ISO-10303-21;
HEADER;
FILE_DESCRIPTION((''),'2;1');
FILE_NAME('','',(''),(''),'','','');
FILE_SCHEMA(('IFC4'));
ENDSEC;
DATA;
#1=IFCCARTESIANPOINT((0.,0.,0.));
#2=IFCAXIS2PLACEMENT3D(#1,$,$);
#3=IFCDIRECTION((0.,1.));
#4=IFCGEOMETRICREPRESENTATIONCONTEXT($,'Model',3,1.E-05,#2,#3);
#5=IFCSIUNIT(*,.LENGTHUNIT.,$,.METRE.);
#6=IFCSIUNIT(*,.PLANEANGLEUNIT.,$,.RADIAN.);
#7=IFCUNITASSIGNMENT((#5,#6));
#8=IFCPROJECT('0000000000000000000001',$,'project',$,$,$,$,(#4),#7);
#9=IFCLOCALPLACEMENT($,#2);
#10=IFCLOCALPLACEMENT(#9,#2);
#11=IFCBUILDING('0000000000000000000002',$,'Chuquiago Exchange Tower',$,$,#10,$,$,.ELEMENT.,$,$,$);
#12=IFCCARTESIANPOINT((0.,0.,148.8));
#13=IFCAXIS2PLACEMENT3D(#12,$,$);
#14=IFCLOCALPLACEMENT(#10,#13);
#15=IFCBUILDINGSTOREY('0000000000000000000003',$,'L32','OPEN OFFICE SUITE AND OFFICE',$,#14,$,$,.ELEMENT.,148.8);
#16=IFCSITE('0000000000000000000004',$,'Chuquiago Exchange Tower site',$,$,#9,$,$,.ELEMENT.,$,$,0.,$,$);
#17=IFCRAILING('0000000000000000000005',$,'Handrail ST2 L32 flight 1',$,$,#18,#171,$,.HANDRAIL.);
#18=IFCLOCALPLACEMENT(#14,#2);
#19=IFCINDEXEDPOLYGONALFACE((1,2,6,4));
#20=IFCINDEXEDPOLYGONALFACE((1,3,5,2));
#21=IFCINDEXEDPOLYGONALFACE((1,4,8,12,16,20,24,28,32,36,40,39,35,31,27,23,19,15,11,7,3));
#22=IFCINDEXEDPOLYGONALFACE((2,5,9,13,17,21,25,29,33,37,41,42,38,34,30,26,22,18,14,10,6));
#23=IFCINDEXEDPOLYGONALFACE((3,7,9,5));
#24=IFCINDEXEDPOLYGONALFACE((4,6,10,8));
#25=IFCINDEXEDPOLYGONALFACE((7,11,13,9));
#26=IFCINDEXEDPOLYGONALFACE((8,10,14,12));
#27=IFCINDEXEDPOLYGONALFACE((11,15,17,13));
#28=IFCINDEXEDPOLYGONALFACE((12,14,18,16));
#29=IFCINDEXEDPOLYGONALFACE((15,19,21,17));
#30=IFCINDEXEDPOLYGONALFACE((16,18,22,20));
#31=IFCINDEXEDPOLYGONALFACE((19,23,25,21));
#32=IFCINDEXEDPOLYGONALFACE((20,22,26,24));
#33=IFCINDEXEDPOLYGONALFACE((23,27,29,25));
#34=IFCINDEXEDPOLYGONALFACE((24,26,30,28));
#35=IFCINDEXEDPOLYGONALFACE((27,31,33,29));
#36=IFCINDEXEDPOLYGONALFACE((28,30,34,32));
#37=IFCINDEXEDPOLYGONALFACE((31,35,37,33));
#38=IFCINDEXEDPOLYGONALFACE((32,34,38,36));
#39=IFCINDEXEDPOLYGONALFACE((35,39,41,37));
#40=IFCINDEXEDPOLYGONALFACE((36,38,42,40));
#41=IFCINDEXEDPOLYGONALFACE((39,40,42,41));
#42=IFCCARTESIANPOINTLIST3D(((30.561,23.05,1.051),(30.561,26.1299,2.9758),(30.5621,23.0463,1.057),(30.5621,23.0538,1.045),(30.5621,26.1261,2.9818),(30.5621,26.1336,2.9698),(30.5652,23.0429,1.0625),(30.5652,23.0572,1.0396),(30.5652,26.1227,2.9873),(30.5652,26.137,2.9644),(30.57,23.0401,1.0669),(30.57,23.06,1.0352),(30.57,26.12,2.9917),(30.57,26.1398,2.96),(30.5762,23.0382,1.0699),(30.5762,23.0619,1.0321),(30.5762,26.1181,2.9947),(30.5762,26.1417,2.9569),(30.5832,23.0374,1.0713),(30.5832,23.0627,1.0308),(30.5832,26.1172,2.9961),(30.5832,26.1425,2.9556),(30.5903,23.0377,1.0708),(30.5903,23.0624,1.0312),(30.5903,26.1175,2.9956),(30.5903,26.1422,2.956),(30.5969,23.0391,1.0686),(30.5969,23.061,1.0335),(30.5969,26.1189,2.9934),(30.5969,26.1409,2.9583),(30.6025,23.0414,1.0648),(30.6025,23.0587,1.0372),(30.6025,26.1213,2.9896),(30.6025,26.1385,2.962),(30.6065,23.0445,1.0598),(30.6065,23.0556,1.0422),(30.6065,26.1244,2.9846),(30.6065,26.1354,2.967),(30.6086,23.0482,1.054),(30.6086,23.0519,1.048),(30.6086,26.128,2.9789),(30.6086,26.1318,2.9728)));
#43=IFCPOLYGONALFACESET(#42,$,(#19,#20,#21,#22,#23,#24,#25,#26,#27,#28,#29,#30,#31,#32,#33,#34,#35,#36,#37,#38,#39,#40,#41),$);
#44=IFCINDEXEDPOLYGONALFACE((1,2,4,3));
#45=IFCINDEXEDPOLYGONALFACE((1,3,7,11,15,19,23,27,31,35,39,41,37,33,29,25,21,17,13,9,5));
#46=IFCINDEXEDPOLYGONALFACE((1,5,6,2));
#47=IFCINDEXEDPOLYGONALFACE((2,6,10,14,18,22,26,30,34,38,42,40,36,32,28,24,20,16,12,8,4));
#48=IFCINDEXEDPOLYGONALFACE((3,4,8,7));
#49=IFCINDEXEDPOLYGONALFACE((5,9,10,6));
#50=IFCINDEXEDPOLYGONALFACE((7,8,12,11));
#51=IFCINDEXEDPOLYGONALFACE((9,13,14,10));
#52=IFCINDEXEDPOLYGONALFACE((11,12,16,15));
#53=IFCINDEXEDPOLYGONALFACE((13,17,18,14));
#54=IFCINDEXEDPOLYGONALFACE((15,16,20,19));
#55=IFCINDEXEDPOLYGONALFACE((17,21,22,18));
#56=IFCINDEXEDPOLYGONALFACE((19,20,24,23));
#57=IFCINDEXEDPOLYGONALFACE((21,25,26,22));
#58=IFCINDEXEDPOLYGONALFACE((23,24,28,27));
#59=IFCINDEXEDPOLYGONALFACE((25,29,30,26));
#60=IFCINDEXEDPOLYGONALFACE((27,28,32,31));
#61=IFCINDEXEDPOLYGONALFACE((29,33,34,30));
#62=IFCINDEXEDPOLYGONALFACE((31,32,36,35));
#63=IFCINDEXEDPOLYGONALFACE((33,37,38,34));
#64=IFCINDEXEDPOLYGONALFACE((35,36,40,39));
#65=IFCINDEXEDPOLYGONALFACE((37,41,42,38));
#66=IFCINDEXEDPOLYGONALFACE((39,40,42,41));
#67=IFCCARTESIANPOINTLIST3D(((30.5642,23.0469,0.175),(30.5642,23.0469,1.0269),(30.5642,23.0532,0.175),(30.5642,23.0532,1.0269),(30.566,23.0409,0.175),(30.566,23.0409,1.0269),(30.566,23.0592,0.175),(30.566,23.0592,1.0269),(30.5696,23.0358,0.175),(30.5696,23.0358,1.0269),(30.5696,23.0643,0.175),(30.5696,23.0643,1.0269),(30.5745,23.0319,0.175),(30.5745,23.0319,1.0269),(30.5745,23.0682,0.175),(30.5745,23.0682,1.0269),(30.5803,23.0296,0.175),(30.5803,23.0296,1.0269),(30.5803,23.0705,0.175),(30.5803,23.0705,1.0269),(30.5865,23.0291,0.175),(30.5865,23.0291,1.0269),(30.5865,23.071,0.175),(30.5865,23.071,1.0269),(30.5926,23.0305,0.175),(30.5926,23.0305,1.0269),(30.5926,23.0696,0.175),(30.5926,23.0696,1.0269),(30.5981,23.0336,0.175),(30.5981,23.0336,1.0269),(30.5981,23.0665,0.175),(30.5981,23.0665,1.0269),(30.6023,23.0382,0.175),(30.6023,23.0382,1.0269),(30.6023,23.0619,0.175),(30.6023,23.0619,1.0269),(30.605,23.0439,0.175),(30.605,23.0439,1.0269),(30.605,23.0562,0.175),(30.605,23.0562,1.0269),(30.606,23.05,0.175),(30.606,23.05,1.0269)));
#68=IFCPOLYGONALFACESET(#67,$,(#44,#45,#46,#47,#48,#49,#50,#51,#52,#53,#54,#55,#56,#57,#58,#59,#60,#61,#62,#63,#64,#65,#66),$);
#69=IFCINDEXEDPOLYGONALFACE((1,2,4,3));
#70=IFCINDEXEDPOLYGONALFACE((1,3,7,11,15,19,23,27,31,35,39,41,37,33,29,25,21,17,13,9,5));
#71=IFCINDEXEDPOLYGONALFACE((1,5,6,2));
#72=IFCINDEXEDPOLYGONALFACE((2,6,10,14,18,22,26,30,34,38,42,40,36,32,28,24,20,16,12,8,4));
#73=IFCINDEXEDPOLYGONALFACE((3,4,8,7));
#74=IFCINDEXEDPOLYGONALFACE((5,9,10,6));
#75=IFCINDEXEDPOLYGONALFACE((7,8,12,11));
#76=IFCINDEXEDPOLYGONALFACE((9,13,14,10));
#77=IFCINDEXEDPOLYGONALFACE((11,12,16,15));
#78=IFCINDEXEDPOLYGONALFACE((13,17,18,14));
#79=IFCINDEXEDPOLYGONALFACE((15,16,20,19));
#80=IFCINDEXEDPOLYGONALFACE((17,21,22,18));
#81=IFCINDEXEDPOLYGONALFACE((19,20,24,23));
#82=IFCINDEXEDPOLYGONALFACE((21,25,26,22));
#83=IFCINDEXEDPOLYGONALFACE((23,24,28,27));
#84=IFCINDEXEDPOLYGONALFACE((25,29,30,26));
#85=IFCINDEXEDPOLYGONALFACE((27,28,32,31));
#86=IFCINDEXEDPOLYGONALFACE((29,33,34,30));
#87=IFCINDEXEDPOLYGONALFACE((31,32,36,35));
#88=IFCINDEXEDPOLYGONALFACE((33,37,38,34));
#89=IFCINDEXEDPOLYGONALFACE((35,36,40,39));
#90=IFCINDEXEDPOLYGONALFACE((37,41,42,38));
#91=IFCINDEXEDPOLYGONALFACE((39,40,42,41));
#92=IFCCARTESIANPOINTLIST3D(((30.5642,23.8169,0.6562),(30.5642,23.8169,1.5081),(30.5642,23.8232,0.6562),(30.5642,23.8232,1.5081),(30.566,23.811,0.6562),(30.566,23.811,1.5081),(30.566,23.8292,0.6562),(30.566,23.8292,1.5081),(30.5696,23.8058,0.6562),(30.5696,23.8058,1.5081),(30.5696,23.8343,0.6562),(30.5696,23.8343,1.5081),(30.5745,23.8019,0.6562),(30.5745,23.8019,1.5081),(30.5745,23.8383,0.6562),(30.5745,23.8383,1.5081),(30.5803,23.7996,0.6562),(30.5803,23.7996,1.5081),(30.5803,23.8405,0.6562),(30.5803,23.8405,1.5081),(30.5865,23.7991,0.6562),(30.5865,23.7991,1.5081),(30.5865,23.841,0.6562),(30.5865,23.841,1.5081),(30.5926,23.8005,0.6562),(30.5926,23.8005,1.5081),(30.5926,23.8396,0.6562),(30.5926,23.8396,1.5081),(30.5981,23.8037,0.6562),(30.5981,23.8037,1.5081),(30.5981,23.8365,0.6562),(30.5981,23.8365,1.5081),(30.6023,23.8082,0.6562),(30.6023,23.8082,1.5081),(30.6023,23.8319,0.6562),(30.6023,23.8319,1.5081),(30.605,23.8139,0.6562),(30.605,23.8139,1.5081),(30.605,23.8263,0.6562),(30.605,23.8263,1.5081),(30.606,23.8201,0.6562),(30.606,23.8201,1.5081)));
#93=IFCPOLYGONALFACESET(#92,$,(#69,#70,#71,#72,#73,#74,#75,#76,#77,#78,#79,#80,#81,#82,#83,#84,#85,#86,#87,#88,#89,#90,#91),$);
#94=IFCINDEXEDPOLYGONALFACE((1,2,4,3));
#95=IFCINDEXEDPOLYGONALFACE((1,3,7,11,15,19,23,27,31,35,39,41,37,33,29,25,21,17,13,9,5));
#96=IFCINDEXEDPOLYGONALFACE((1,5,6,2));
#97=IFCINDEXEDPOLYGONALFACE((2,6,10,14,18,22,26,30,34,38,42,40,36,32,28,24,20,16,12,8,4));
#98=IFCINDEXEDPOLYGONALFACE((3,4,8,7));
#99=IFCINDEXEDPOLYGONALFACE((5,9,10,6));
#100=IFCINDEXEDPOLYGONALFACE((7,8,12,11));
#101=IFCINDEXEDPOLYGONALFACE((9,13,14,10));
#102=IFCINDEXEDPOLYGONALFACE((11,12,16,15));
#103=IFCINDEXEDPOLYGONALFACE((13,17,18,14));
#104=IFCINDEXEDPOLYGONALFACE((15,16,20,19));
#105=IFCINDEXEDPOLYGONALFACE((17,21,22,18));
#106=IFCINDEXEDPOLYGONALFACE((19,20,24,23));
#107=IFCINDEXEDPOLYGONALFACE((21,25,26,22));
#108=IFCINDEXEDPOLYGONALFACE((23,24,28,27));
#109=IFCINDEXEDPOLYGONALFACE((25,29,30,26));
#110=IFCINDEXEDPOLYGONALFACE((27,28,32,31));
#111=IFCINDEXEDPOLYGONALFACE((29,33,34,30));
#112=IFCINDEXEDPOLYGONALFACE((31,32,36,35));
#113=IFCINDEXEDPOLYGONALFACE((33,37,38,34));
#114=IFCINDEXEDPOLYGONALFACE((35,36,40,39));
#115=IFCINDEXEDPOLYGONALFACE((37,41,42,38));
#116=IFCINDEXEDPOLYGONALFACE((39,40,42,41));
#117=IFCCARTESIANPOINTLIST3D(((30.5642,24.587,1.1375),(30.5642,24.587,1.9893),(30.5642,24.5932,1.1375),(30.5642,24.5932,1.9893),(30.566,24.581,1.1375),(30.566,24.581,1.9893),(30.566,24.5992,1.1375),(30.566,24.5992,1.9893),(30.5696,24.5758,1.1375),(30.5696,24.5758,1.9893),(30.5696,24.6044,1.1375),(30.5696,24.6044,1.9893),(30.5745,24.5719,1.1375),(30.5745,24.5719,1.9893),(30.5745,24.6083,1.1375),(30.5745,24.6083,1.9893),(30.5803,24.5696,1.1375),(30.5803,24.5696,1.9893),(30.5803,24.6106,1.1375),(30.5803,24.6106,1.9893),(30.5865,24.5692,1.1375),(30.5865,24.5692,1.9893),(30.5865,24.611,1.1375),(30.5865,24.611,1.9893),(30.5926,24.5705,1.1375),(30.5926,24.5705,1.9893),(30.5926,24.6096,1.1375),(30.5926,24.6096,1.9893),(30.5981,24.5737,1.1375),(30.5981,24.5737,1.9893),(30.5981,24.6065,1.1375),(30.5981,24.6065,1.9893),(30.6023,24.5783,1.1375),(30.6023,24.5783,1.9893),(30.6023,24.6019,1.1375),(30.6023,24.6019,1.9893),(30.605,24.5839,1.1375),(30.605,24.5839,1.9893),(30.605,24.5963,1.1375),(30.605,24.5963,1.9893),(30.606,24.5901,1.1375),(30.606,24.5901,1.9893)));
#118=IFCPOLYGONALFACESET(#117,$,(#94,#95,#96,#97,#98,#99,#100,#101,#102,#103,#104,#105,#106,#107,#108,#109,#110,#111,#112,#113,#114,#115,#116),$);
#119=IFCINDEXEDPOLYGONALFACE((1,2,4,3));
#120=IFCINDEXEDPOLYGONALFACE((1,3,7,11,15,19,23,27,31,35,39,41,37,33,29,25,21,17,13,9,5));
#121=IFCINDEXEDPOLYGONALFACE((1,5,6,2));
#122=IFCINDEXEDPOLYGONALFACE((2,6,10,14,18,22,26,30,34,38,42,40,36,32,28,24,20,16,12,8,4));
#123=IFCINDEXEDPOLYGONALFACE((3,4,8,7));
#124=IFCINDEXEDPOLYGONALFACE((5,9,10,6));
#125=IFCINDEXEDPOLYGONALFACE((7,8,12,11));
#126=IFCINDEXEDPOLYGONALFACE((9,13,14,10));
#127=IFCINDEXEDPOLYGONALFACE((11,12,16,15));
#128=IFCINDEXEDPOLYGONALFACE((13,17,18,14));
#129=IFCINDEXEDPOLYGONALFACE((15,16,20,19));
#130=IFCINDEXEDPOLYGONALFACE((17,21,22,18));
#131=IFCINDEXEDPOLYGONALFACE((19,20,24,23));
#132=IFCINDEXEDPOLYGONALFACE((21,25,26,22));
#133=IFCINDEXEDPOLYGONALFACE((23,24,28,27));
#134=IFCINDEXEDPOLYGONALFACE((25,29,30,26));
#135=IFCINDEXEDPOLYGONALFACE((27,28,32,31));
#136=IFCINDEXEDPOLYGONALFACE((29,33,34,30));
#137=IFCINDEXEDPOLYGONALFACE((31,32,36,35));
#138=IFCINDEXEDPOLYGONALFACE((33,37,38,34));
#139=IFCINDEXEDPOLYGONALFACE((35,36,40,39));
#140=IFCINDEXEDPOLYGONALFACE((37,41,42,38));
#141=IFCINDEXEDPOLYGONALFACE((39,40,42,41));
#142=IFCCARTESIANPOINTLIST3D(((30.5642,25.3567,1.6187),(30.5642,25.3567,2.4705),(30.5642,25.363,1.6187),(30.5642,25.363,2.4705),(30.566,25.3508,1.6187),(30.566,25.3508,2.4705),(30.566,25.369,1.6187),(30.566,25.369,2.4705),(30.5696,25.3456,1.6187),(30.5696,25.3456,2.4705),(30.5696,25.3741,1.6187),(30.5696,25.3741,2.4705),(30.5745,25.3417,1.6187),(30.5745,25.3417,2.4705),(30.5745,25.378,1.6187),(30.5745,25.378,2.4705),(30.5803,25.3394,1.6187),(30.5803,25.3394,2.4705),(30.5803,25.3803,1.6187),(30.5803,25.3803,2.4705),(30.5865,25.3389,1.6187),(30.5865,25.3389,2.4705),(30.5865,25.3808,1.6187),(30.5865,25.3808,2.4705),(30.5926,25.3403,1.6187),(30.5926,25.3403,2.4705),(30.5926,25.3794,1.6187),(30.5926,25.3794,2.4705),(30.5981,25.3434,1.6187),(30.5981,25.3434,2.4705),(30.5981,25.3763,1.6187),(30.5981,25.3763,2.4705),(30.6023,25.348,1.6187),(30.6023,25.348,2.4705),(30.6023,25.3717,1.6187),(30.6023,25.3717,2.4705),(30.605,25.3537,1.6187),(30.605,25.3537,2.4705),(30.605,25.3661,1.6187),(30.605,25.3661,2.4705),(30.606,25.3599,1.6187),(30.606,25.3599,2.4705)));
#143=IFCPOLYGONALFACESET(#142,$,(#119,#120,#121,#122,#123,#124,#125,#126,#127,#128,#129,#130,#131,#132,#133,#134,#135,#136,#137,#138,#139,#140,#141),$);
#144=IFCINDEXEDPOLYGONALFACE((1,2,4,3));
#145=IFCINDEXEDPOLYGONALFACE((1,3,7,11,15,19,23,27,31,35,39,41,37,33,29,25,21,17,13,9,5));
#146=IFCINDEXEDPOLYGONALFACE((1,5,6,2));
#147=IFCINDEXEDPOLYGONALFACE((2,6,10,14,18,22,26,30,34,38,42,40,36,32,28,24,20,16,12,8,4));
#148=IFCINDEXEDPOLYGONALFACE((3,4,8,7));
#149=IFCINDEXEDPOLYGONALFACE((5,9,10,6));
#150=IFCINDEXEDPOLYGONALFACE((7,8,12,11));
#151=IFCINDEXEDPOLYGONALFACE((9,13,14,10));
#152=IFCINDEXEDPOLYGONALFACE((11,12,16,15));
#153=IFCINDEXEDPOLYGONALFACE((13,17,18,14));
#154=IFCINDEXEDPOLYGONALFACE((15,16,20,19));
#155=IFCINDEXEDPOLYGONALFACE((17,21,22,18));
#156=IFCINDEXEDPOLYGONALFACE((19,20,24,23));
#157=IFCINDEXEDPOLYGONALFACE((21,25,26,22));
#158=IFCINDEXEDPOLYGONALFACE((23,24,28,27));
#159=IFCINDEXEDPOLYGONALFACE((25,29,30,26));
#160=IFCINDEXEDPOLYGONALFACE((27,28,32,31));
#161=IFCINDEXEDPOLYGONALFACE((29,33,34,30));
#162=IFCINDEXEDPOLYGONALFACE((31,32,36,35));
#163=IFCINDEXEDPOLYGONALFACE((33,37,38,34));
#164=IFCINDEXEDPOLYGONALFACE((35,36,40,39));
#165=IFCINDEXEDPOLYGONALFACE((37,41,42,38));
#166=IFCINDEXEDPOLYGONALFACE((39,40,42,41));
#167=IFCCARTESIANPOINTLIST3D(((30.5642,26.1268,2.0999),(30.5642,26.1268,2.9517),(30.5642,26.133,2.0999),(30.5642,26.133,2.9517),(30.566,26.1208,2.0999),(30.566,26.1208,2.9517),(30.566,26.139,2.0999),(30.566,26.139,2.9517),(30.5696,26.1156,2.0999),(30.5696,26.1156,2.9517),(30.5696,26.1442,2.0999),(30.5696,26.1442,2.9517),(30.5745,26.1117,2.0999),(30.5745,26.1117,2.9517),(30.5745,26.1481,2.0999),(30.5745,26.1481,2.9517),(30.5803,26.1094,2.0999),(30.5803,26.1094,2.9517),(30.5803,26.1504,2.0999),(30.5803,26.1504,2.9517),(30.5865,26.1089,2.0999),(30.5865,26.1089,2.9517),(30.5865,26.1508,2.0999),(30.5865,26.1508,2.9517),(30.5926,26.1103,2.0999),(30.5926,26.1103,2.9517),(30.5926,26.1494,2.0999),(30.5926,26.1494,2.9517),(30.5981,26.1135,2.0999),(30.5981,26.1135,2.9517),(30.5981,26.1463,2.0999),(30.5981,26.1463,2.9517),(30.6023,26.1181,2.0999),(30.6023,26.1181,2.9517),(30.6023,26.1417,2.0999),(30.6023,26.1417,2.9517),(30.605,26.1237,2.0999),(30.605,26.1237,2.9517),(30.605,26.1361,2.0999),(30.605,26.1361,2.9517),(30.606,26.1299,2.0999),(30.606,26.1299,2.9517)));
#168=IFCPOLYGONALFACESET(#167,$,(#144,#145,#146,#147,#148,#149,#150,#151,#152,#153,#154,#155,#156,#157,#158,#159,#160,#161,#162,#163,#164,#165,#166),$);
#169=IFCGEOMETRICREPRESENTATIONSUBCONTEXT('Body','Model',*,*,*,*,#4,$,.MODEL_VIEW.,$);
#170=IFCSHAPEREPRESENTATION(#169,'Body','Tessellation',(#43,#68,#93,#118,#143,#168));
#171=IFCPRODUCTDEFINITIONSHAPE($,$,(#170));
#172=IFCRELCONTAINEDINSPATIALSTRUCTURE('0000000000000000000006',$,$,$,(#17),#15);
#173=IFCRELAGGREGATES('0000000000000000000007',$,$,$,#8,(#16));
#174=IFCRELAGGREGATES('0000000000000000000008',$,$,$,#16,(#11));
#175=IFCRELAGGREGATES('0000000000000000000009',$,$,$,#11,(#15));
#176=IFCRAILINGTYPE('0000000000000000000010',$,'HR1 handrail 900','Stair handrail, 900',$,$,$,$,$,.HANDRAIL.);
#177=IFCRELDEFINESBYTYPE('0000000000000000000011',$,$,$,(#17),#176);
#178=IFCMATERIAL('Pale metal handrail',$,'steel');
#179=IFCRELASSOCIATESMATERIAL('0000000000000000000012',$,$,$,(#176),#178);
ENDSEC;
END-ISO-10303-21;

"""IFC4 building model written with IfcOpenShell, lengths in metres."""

from ifc_helpers import new_model, si_unit, direction, frame, origin, origin_2d, place, context, subcontext, project, spatial, circle, extrude, material, type_object, element, save


model = new_model("IFC4")

# Units and contexts
model_context = context("Model", 3, precision=1e-05, world=origin(), true_north=direction((0.0, 1.0)))
body_context = subcontext(model_context, "Body", "Model", "MODEL_VIEW")
ifc_project = project(units=[si_unit("LENGTHUNIT", "METRE"), si_unit("PLANEANGLEUNIT", "RADIAN")], contexts=[model_context])

# Site, building, storey
site_placement = place(None, origin())
site = spatial("IfcSite", under=ifc_project, at=site_placement, Name="Chuquiago Exchange Tower site", CompositionType="ELEMENT", RefElevation=0.0)
building_placement = place(site_placement, origin())
building = spatial("IfcBuilding", under=site, at=building_placement, Name="Chuquiago Exchange Tower", CompositionType="ELEMENT")
storey_placement = place(building_placement, frame((0.0, 0.0, 148.8)))
storey = spatial("IfcBuildingStorey", under=building, at=storey_placement, Name="L32", Description="OPEN OFFICE SUITE AND OFFICE", CompositionType="ELEMENT", Elevation=148.8)

# Railing
ifc_material_1 = material(Name="Pale metal handrail", Category="steel")
railing_type_1 = type_object("IfcRailingType", Name="HR1 handrail 900", Description="Stair handrail, 900", PredefinedType="HANDRAIL", material=ifc_material_1)
railing_1_placement = place(storey_placement, frame((30.585, 23.05, 0.175)))
element("IfcRailing", 1, at=railing_1_placement, inside=storey, type_object=railing_type_1, Name="Handrail ST2 L32 flight 1", PredefinedType="HANDRAIL", context=body_context, shape_type="SweptSolid", body=[
    extrude(circle(Radius=0.0239, at=origin_2d()), frame((0.0, 0.0, 0.876), z_axis=(0.0, 0.84801, 0.529981), x_axis=(-1.0, 0.0, 0.0)), (0.0, 0.0, 1.0), 3.6318),
    extrude(circle(Radius=0.021, at=origin_2d()), origin(), (0.0, 0.0, 1.0), 0.8518),
    extrude(circle(Radius=0.021, at=origin_2d()), frame((0.0, 0.77, 0.4812)), (0.0, 0.0, 1.0), 0.8518),
    extrude(circle(Radius=0.021, at=origin_2d()), frame((0.0, 1.54, 0.9624)), (0.0, 0.0, 1.0), 0.8518),
    extrude(circle(Radius=0.021, at=origin_2d()), frame((0.0, 2.3098, 1.4436)), (0.0, 0.0, 1.0), 0.8518),
    extrude(circle(Radius=0.021, at=origin_2d()), frame((0.0, 3.0798, 1.9248)), (0.0, 0.0, 1.0), 0.8518),
])

save(model, "model.ifc")
